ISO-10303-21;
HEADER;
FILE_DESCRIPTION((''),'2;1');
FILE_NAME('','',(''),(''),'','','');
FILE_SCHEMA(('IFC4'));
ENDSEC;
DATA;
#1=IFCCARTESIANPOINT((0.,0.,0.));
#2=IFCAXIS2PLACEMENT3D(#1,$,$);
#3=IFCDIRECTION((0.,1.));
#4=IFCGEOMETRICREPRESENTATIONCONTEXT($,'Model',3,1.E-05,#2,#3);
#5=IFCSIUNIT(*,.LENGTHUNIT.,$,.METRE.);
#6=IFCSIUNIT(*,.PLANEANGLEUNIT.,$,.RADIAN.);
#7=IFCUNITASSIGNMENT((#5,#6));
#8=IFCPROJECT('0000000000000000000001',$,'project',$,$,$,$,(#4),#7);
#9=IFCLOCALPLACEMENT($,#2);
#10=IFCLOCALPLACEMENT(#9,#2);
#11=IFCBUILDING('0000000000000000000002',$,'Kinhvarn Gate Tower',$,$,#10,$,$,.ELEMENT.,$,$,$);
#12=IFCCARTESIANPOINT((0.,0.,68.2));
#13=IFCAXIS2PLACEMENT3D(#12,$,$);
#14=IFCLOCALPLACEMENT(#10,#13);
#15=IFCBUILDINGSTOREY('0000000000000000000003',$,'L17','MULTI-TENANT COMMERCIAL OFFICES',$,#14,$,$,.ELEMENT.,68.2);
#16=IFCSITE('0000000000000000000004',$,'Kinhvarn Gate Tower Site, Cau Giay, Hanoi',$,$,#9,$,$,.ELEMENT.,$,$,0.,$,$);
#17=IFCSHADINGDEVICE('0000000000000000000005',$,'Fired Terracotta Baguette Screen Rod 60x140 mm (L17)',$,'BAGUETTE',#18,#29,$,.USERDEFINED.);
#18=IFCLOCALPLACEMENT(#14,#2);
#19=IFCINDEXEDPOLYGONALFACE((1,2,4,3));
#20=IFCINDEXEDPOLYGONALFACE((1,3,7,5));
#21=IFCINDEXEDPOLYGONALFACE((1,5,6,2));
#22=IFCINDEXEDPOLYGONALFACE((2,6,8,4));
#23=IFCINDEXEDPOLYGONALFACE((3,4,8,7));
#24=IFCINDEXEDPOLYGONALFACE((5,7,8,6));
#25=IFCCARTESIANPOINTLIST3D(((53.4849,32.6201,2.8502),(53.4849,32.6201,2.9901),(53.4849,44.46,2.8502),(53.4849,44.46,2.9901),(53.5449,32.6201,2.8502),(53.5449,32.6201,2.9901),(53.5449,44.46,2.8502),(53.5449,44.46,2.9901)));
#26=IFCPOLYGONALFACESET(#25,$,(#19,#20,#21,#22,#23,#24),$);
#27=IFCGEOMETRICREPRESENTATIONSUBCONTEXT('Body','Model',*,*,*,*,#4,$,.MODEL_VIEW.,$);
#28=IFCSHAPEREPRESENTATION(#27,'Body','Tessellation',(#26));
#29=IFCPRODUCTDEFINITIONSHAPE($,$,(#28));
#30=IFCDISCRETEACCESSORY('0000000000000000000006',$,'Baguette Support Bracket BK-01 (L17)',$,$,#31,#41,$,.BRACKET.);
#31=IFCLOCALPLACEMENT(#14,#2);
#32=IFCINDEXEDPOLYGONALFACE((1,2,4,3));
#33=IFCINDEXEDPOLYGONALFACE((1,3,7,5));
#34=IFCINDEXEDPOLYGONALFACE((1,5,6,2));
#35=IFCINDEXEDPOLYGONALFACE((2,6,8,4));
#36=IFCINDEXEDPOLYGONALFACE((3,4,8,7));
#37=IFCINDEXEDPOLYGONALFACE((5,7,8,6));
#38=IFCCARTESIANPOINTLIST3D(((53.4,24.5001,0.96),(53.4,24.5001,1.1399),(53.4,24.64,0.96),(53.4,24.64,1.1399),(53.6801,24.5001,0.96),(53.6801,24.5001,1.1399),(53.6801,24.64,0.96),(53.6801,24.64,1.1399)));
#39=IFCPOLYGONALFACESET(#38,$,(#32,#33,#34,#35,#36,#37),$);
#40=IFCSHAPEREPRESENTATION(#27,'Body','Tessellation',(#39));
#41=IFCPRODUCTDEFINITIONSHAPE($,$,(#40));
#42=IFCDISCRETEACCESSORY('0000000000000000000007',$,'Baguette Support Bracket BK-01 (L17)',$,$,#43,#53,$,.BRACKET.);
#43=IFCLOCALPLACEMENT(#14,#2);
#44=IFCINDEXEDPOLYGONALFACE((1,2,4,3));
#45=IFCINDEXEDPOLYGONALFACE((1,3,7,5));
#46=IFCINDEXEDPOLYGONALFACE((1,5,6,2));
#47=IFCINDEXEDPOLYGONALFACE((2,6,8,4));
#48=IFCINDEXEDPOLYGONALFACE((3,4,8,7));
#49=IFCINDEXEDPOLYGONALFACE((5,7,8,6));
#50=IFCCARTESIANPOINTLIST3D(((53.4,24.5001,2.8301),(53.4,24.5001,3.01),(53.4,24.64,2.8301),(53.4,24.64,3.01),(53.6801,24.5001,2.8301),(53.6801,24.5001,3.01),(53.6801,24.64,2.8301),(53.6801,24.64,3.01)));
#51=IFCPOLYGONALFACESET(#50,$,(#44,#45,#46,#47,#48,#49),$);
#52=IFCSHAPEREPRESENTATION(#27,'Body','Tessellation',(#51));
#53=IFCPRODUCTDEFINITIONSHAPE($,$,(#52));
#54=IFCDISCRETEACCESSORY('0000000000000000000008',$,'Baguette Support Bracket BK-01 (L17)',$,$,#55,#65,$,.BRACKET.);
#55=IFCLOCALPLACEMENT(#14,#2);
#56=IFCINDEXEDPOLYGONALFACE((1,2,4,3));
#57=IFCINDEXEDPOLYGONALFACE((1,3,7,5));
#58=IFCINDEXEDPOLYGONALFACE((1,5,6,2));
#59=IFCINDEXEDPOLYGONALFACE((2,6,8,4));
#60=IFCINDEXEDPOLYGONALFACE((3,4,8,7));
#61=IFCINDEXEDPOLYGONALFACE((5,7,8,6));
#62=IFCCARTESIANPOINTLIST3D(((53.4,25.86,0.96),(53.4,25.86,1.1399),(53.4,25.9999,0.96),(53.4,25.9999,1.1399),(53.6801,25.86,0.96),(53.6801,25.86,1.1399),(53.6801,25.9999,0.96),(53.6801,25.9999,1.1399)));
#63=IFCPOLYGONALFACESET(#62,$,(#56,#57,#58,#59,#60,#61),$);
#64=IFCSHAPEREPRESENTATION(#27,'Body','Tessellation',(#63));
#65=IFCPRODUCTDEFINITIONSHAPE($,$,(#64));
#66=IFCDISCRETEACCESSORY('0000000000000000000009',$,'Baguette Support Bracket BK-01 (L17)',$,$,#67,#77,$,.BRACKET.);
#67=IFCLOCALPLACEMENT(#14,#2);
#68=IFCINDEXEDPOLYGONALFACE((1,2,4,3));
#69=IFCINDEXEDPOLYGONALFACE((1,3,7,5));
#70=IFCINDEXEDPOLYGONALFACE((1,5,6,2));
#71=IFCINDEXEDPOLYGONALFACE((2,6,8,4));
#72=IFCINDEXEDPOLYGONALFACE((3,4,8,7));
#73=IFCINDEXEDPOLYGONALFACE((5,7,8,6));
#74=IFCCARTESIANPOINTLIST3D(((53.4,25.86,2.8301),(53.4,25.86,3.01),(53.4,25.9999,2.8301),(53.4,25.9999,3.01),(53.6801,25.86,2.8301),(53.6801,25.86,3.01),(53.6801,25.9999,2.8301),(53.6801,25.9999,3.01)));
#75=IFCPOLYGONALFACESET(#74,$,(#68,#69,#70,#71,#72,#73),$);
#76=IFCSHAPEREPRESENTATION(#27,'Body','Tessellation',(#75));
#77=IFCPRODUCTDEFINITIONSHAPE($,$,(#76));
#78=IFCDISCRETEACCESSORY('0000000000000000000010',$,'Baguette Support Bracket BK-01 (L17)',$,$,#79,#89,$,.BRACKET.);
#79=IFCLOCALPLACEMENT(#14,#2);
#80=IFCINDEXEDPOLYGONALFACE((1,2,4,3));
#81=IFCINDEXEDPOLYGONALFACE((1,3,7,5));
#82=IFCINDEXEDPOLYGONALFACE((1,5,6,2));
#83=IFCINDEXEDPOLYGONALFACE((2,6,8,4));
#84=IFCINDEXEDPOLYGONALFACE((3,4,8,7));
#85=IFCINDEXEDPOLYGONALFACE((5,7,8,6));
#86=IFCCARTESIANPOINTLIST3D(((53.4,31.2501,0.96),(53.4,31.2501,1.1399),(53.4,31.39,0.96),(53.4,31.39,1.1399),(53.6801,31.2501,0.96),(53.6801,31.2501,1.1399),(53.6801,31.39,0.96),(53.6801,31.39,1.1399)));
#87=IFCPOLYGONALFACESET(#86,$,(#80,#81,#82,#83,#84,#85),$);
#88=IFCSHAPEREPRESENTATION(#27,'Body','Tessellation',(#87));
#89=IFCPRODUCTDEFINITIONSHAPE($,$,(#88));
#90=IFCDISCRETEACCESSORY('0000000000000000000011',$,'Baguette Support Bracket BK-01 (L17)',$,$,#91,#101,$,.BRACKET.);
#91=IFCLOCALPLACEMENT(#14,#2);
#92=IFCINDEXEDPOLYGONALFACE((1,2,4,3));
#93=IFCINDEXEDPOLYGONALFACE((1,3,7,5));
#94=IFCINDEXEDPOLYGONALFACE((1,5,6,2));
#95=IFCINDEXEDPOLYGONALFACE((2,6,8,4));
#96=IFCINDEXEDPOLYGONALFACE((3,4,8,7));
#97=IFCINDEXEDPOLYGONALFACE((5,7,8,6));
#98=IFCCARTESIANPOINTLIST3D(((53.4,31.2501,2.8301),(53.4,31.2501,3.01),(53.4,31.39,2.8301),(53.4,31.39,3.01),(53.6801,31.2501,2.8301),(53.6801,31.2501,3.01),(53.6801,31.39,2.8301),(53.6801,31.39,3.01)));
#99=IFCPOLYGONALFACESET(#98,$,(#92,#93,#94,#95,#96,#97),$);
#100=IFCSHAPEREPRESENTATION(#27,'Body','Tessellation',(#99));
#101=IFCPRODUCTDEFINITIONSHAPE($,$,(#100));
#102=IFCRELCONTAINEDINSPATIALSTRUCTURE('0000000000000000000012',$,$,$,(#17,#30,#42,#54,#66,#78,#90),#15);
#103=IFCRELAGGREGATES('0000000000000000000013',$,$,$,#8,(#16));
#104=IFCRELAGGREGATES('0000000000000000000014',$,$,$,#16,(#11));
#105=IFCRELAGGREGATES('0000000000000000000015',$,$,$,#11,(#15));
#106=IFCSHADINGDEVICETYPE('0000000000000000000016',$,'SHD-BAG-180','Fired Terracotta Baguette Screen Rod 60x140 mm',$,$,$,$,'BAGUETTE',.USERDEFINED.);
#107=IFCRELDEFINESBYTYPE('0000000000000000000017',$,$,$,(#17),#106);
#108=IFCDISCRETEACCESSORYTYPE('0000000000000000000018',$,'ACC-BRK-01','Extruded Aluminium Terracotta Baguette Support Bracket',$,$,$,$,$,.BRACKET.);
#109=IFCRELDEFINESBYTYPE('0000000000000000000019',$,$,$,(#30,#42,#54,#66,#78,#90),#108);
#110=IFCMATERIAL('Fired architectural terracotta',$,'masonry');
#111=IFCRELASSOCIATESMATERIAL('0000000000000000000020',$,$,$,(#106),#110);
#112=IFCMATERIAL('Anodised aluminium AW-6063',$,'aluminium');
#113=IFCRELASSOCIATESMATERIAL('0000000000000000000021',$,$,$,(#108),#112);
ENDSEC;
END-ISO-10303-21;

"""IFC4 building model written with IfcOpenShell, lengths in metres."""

from ifc_helpers import new_model, si_unit, direction, frame, origin, origin_2d, place, context, subcontext, project, spatial, rectangle, extrude, material, material_profile, profile_set, type_object, element, save


model = new_model("IFC4")

# Units and contexts
model_context = context("Model", 3, precision=1e-05, world=origin(), true_north=direction((0.0, 1.0)))
body_context = subcontext(model_context, "Body", "Model", "MODEL_VIEW")
ifc_project = project(units=[si_unit("LENGTHUNIT", "METRE"), si_unit("PLANEANGLEUNIT", "RADIAN")], contexts=[model_context])

# Site, building, storey
site_placement = place(None, origin())
site = spatial("IfcSite", under=ifc_project, at=site_placement, Name="Kinhvarn Gate Tower Site, Cau Giay, Hanoi", CompositionType="ELEMENT", RefElevation=0.0)
building_placement = place(site_placement, origin())
building = spatial("IfcBuilding", under=site, at=building_placement, Name="Kinhvarn Gate Tower", CompositionType="ELEMENT")
storey_placement = place(building_placement, frame((0.0, 0.0, 68.2)))
storey = spatial("IfcBuildingStorey", under=building, at=storey_placement, Name="L17", Description="MULTI-TENANT COMMERCIAL OFFICES", CompositionType="ELEMENT", Elevation=68.2)

# Shared definitions
ifc_material_1 = material(Name="Anodised aluminium AW-6063", Category="aluminium")

# Shading device
ifc_material_2 = material(Name="Fired architectural terracotta", Category="masonry")
ifc_material_profile_1 = material_profile(ifc_material_2, rectangle(XDim=0.0601, YDim=0.1399, at=origin_2d()), Name="TC 60x140")
ifc_profile_set_1 = profile_set([ifc_material_profile_1], Name="Fired architectural terracotta")
shading_device_type = type_object("IfcShadingDeviceType", Name="SHD-BAG-180", Description="Fired Terracotta Baguette Screen Rod 60x140 mm", ElementType="BAGUETTE", PredefinedType="USERDEFINED", material=ifc_profile_set_1)
for number, where, z_axis, x_axis, name in (
    (1, (53.5149, 32.6201, 2.9202), (0.0, 1.0, 0.0), (-1.0, 0.0, 0.0), "Fired Terracotta Baguette Screen Rod 60x140 mm (L17)"),
):
    element("IfcShadingDevice", number, at=place(storey_placement, frame(where, z_axis=z_axis, x_axis=x_axis)), inside=storey, type_object=shading_device_type, Name=name, ObjectType="BAGUETTE", PredefinedType="USERDEFINED", context=body_context, shape_type="SweptSolid", body=[
        extrude(rectangle(XDim=0.0601, YDim=0.1399, at=origin_2d()), origin(), (0.0, 0.0, 1.0), 11.8398),
    ])

# Discrete accessories
discrete_accessory_type = type_object("IfcDiscreteAccessoryType", Name="ACC-BRK-01", Description="Extruded Aluminium Terracotta Baguette Support Bracket", PredefinedType="BRACKET", material=ifc_material_1)
for number, where, z_axis, x_axis, name in (
    (2, (53.54, 24.5701, 0.96), (0.0, 0.0, 1.0), (0.0, 1.0, 0.0), "Baguette Support Bracket BK-01 (L17)"),
    (3, (53.54, 24.5701, 2.8301), (0.0, 0.0, 1.0), (0.0, 1.0, 0.0), "Baguette Support Bracket BK-01 (L17)"),
    (4, (53.54, 25.9299, 0.96), (0.0, 0.0, 1.0), (0.0, 1.0, 0.0), "Baguette Support Bracket BK-01 (L17)"),
    (5, (53.54, 25.9299, 2.8301), (0.0, 0.0, 1.0), (0.0, 1.0, 0.0), "Baguette Support Bracket BK-01 (L17)"),
    (6, (53.54, 31.3201, 0.96), (0.0, 0.0, 1.0), (0.0, 1.0, 0.0), "Baguette Support Bracket BK-01 (L17)"),
    (7, (53.54, 31.3201, 2.8301), (0.0, 0.0, 1.0), (0.0, 1.0, 0.0), "Baguette Support Bracket BK-01 (L17)"),
):
    element("IfcDiscreteAccessory", number, at=place(storey_placement, frame(where, z_axis=z_axis, x_axis=x_axis)), inside=storey, type_object=discrete_accessory_type, Name=name, PredefinedType="BRACKET", context=body_context, shape_type="SweptSolid", body=[
        extrude(rectangle(XDim=0.1399, YDim=0.28, at=origin_2d()), origin(), (0.0, 0.0, 1.0), 0.1799),
    ])

save(model, "model.ifc")
